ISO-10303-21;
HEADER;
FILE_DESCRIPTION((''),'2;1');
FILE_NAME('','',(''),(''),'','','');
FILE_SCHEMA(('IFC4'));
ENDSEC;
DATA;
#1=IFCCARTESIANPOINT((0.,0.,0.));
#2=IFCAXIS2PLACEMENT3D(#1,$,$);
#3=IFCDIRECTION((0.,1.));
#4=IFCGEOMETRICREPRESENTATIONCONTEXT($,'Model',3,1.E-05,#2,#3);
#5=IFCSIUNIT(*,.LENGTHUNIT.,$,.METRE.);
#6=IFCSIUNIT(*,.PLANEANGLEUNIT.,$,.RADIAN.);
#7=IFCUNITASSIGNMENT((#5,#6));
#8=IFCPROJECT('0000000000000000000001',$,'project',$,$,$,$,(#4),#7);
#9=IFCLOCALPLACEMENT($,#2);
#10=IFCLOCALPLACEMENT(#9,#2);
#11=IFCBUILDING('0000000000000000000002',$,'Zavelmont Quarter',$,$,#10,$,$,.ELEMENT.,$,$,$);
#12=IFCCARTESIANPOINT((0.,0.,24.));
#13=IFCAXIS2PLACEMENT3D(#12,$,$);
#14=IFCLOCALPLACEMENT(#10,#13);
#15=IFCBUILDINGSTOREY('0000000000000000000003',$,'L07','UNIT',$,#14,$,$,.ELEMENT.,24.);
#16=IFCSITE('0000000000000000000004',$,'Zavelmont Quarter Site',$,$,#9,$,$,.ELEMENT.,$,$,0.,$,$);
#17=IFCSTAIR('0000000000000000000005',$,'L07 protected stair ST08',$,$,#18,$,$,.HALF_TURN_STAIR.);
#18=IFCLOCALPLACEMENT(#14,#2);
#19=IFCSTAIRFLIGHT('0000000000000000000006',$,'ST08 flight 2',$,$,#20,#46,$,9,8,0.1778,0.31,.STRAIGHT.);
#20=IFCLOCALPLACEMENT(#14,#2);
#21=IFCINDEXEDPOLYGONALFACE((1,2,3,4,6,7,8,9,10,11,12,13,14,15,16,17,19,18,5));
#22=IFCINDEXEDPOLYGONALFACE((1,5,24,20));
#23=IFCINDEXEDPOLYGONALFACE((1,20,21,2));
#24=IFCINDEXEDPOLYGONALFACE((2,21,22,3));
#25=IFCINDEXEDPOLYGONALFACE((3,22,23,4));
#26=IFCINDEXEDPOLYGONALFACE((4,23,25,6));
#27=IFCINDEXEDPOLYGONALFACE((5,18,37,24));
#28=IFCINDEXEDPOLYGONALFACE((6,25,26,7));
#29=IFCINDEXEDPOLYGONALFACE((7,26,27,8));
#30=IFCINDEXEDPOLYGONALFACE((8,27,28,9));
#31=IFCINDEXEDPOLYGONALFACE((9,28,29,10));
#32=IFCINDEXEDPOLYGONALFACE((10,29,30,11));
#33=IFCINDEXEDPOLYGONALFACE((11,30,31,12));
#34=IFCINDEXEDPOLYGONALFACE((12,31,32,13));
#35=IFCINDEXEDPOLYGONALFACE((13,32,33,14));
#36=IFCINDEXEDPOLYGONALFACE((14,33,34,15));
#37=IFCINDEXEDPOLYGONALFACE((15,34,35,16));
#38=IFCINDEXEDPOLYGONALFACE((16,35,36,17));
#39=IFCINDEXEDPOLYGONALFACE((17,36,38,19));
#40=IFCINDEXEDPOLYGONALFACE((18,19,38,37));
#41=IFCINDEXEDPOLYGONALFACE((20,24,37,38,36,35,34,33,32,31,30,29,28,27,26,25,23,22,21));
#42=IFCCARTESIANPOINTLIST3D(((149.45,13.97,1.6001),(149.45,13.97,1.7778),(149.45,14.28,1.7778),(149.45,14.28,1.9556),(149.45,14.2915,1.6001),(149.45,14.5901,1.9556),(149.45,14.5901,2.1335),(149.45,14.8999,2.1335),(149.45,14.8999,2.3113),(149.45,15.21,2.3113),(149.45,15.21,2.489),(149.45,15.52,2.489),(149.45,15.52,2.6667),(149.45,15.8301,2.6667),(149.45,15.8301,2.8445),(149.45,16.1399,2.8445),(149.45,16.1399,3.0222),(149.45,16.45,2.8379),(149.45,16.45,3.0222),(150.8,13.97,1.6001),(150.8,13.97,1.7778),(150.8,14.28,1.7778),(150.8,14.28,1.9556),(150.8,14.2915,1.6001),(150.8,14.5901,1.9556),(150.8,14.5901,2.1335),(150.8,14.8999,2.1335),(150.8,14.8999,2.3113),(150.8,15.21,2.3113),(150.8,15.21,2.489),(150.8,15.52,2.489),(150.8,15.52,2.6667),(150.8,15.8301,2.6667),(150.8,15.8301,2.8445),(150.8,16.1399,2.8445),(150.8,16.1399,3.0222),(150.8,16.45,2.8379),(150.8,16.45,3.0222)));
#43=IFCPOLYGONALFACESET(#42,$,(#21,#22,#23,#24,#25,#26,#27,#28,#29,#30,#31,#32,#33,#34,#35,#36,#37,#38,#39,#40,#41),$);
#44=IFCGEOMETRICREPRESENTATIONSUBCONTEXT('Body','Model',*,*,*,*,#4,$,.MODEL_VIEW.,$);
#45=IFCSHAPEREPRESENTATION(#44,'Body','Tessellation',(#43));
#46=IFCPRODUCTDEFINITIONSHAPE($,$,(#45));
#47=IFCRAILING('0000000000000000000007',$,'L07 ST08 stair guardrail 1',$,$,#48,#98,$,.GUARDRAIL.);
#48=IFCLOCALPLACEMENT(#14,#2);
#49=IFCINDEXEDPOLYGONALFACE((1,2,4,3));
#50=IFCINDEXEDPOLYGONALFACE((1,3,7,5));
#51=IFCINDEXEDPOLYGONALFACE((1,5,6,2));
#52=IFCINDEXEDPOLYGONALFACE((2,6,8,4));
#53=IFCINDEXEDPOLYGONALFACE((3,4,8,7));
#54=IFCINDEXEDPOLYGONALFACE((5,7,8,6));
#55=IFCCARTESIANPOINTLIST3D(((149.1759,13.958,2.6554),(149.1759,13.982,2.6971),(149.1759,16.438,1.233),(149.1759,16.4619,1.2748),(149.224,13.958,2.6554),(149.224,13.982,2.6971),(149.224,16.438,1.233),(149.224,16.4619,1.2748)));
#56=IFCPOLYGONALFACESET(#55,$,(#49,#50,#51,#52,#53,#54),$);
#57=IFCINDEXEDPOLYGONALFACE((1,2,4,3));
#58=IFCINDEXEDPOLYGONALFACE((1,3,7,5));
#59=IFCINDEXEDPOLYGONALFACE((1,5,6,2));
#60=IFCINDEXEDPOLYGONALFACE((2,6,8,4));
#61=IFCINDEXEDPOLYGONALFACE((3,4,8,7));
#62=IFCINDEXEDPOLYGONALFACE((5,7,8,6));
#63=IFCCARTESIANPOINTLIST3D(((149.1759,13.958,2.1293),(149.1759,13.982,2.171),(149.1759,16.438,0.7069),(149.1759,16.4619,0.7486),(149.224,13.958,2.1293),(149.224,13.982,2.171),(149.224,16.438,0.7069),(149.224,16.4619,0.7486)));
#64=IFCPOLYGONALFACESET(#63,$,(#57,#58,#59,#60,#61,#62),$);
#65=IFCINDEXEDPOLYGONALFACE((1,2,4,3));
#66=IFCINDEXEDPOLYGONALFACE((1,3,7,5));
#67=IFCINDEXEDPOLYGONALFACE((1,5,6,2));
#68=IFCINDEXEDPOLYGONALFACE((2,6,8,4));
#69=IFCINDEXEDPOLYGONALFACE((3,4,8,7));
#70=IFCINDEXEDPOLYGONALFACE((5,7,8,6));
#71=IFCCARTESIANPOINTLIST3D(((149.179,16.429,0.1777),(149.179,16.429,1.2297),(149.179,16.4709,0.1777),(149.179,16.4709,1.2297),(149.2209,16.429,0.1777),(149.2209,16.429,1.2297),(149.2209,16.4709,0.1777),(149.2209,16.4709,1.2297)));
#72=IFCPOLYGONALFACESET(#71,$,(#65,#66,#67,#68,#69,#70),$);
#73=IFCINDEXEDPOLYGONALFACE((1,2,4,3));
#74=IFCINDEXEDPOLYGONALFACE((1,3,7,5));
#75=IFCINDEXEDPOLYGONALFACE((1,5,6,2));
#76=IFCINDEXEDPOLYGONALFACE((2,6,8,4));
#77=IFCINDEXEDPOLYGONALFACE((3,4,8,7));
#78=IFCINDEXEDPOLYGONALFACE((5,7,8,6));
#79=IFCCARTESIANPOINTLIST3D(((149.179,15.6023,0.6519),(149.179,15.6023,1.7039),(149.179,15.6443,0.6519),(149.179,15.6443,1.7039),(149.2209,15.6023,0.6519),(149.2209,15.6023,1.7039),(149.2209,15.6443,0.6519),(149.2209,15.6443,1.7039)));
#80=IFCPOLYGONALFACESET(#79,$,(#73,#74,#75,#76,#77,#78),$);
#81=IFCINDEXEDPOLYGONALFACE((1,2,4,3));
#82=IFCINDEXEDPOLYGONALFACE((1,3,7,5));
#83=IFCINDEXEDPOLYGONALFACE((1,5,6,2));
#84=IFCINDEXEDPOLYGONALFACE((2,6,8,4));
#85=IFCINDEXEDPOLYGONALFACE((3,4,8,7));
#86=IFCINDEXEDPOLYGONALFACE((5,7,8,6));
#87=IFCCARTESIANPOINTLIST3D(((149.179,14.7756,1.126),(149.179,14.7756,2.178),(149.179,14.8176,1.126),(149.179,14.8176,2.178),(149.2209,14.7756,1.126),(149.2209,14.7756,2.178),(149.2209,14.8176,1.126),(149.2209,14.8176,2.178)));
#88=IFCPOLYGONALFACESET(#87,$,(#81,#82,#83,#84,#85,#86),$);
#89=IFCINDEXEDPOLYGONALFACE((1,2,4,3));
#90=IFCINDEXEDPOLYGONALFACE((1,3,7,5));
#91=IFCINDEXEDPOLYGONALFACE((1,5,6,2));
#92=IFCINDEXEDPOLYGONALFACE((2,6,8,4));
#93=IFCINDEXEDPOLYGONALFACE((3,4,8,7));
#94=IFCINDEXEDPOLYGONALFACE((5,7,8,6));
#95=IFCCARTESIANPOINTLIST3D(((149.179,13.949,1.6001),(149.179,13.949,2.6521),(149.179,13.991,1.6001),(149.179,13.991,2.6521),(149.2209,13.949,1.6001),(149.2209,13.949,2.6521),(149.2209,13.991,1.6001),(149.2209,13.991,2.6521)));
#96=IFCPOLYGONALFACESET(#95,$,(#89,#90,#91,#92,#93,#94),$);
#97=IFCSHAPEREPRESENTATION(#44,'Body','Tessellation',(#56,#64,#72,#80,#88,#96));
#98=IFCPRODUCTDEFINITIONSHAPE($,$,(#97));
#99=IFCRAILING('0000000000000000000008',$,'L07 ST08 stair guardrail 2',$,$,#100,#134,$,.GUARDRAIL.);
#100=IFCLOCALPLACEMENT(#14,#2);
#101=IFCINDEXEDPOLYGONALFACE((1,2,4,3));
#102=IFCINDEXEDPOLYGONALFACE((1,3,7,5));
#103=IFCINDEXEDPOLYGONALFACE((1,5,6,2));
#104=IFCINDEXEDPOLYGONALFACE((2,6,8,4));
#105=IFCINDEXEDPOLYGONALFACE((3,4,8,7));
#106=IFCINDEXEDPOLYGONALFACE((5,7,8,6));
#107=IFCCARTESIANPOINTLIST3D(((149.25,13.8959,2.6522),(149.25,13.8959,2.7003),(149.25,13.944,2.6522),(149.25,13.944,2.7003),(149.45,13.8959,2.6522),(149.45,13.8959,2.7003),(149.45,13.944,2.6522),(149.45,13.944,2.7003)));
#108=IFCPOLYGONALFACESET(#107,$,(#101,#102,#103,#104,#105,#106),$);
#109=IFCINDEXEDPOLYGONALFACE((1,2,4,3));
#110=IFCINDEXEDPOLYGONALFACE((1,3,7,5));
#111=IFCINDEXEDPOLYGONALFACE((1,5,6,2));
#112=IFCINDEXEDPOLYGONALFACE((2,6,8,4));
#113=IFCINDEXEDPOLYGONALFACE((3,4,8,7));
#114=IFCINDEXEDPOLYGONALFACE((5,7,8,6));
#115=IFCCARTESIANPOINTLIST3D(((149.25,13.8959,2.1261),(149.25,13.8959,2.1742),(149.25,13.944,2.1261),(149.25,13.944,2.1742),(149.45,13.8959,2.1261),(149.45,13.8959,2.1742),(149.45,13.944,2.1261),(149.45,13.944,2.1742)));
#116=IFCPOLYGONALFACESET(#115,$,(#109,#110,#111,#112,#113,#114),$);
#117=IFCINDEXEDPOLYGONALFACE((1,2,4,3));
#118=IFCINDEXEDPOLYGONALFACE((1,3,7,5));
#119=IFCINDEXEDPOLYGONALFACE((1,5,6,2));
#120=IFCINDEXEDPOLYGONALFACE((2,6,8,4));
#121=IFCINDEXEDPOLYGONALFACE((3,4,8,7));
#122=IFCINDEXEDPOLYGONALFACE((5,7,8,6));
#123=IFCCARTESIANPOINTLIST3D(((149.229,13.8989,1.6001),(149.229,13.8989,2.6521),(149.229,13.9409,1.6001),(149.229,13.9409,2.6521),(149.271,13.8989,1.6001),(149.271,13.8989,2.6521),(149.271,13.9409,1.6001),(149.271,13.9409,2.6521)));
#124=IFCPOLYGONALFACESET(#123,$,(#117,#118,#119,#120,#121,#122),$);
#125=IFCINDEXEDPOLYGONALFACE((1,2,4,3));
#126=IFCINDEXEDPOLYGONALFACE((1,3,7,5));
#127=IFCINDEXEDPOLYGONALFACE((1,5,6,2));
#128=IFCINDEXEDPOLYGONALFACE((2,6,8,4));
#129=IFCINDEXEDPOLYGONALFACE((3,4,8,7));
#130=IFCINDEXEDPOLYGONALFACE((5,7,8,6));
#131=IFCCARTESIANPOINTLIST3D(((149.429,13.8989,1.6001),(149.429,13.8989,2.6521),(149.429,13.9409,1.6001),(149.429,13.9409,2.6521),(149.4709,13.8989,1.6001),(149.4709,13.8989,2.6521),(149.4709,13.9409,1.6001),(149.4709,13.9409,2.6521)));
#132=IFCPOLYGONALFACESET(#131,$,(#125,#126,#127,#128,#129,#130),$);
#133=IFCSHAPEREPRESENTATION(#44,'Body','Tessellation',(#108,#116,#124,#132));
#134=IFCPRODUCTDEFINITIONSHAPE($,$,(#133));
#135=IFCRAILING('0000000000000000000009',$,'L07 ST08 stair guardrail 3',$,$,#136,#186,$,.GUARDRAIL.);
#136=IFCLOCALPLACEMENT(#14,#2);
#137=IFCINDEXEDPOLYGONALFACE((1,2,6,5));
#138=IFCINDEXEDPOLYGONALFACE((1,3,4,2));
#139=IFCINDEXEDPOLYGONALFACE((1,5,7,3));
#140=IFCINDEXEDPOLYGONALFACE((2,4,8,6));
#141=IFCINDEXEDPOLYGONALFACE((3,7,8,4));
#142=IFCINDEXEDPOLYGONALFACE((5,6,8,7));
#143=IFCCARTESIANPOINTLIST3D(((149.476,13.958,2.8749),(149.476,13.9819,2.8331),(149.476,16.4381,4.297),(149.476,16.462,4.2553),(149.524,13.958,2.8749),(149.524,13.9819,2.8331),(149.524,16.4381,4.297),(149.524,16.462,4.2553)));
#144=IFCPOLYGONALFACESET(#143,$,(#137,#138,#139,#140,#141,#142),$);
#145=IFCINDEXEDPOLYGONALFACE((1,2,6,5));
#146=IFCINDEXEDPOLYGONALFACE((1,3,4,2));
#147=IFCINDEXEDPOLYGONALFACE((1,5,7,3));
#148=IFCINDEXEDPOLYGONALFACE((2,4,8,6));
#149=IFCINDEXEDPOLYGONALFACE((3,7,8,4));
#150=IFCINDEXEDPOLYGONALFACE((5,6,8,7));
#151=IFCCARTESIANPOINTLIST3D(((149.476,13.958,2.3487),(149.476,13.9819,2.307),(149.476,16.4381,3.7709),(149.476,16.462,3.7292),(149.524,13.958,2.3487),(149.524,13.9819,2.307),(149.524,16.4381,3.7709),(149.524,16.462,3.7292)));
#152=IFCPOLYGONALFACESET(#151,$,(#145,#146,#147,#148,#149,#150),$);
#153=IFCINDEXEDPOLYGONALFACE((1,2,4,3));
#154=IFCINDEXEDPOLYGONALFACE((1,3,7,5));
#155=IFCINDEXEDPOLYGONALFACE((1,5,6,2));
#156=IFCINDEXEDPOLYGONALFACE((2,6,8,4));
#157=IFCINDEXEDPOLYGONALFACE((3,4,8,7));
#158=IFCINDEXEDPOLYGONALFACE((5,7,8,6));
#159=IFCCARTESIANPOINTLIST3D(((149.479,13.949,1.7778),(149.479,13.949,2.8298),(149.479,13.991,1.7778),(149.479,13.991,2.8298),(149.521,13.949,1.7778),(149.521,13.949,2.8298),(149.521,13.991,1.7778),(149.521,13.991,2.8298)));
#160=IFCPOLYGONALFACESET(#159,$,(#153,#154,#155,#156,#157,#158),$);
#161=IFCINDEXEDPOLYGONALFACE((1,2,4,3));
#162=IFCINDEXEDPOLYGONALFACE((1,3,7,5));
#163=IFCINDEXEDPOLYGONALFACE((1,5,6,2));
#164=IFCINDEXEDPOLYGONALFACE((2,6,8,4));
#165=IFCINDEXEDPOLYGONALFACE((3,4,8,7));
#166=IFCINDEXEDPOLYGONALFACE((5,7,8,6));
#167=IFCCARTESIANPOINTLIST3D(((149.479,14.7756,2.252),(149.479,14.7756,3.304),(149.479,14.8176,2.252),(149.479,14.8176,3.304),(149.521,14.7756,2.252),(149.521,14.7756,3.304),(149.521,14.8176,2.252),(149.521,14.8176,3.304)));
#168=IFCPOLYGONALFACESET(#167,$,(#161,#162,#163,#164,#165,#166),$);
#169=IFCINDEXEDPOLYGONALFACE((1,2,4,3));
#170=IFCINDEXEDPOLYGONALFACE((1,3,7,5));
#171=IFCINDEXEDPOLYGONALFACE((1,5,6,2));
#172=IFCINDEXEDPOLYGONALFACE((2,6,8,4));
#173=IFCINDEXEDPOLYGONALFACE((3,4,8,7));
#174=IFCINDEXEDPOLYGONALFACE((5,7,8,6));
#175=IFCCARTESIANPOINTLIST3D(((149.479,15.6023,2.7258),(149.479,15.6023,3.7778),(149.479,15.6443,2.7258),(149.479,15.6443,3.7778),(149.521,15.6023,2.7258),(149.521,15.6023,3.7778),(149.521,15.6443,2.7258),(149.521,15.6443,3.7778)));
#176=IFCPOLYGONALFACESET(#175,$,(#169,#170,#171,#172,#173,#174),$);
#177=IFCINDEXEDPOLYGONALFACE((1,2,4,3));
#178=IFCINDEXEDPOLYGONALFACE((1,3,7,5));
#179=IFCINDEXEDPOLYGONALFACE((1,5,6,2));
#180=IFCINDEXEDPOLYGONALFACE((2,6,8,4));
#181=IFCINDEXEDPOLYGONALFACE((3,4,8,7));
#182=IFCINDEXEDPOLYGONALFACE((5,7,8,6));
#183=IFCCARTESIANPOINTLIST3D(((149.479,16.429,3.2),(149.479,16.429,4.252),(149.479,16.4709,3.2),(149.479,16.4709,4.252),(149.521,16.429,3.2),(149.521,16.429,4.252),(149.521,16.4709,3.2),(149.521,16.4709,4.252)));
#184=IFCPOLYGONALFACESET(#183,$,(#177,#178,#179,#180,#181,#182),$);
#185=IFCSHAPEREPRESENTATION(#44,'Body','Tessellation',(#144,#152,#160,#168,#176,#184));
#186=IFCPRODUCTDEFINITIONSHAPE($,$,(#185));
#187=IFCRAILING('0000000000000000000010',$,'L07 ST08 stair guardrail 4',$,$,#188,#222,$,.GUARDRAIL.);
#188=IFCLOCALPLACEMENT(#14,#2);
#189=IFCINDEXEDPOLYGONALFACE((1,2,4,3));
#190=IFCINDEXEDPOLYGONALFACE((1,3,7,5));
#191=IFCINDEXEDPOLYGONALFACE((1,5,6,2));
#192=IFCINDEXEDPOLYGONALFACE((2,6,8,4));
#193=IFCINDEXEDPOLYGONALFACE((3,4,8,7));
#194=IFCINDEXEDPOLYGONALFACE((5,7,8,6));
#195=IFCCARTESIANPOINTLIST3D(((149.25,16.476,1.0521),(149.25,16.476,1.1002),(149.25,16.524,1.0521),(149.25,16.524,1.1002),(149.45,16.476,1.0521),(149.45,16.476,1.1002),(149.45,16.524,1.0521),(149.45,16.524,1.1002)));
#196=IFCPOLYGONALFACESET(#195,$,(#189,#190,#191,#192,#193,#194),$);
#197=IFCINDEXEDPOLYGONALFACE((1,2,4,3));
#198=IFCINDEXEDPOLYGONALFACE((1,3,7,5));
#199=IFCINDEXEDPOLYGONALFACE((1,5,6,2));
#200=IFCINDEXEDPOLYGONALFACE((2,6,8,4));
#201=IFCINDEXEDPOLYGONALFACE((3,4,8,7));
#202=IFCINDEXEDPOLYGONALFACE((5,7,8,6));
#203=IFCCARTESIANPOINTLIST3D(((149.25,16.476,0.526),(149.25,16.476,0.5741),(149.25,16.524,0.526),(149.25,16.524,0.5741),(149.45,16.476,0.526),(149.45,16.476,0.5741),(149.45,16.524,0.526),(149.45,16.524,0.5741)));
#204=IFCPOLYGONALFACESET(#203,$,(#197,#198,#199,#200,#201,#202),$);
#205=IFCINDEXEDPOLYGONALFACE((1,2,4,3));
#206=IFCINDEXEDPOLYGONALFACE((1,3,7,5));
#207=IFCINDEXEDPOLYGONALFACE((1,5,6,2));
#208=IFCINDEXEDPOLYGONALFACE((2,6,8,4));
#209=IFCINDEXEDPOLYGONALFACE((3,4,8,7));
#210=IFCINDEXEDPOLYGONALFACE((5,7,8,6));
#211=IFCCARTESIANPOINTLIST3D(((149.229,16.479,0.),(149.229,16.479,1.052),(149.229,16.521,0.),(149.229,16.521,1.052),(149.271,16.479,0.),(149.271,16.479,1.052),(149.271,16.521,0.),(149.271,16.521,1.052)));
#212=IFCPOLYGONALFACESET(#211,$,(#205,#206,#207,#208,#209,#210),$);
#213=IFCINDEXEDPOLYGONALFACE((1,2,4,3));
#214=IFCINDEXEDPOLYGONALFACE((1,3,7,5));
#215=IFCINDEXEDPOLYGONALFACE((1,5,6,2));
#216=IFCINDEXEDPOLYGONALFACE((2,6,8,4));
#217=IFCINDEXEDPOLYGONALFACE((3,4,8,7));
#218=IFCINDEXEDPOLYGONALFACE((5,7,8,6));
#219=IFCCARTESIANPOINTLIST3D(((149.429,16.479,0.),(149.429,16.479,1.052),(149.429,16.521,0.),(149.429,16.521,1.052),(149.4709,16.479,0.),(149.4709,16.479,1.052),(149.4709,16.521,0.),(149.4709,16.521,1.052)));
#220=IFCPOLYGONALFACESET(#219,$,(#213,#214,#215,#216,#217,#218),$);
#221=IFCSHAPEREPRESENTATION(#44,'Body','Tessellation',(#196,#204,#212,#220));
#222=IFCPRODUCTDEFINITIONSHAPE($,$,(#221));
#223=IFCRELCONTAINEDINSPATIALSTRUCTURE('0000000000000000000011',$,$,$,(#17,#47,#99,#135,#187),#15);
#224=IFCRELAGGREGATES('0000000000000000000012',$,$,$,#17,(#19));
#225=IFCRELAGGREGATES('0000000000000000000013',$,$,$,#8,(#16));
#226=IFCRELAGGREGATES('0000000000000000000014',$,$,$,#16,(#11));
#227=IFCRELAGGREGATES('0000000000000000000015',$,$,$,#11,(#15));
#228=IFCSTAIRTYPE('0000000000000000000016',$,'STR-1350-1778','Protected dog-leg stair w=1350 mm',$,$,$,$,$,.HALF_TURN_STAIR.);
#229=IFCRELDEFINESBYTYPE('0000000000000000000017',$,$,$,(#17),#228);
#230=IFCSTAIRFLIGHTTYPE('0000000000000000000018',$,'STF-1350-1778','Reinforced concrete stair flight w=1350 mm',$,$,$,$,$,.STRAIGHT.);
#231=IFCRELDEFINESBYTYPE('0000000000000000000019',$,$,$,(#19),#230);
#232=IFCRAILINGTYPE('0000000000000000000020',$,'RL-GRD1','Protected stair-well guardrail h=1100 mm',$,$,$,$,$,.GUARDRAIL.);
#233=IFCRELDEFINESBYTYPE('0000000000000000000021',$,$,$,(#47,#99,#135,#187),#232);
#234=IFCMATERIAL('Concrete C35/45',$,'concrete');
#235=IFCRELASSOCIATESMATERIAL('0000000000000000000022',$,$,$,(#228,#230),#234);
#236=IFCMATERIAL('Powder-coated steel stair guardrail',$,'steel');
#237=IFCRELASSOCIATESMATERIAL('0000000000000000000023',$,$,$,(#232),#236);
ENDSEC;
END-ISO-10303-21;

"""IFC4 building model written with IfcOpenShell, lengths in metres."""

from ifc_helpers import new_model, si_unit, direction, frame, origin, origin_2d, place, context, subcontext, project, spatial, polyline, rectangle, outline, extrude, material, type_object, element, aggregate, save


model = new_model("IFC4")

# Units and contexts
model_context = context("Model", 3, precision=1e-05, world=origin(), true_north=direction((0.0, 1.0)))
body_context = subcontext(model_context, "Body", "Model", "MODEL_VIEW")
ifc_project = project(units=[si_unit("LENGTHUNIT", "METRE"), si_unit("PLANEANGLEUNIT", "RADIAN")], contexts=[model_context])

# Site, building, storey
site_placement = place(None, origin())
site = spatial("IfcSite", under=ifc_project, at=site_placement, Name="Zavelmont Quarter Site", CompositionType="ELEMENT", RefElevation=0.0)
building_placement = place(site_placement, origin())
building = spatial("IfcBuilding", under=site, at=building_placement, Name="Zavelmont Quarter", CompositionType="ELEMENT")
storey_placement = place(building_placement, frame((0.0, 0.0, 24.0)))
storey = spatial("IfcBuildingStorey", under=building, at=storey_placement, Name="L07", Description="UNIT", CompositionType="ELEMENT", Elevation=24.0)

# Stair, stair flight
ifc_material_1 = material(Name="Concrete C35/45", Category="concrete")
stair_type = type_object("IfcStairType", Name="STR-1350-1778", Description="Protected dog-leg stair w=1350 mm", PredefinedType="HALF_TURN_STAIR", material=ifc_material_1)
stair_placement = place(storey_placement, origin())
stair = element("IfcStair", 1, at=stair_placement, inside=storey, type_object=stair_type, Name="L07 protected stair ST08", PredefinedType="HALF_TURN_STAIR")
stair_flight_type = type_object("IfcStairFlightType", Name="STF-1350-1778", Description="Reinforced concrete stair flight w=1350 mm", PredefinedType="STRAIGHT", material=ifc_material_1)
stair_flight_1_placement = place(storey_placement, frame((150.125, 13.97, 1.6001), z_axis=(0.0, 0.0, 1.0), x_axis=(0.0, 1.0, 0.0)))
stair_flight_1 = element("IfcStairFlight", 2, at=stair_flight_1_placement, type_object=stair_flight_type, Name="ST08 flight 2", NumberOfRisers=9, NumberOfTreads=8, PredefinedType="STRAIGHT", RiserHeight=0.1778, TreadLength=0.31, context=body_context, shape_type="SweptSolid", body=[
    extrude(outline(polyline([(0.0, 0.0), (0.0, 0.1777), (0.3101, 0.1777), (0.3101, 0.3555), (0.6201, 0.3555), (0.6201, 0.5334), (0.9299, 0.5334), (0.9299, 0.7112), (1.24, 0.7112), (1.24, 0.8889), (1.55, 0.8889), (1.55, 1.0667), (1.8601, 1.0667), (1.8601, 1.2444), (2.1699, 1.2444), (2.1699, 1.4221), (2.48, 1.4221), (2.48, 1.6001), (2.48, 1.2378), (0.3215, 0.0), (0.0, 0.0)])), frame((0.0, 0.675, 0.0), z_axis=(0.0, -1.0, 0.0), x_axis=(1.0, 0.0, 0.0)), (0.0, 0.0, 1.0), 1.3501),
])
aggregate(stair, [stair_flight_1])

# Railings
ifc_material_2 = material(Name="Powder-coated steel stair guardrail", Category="steel")
railing_type_1 = type_object("IfcRailingType", Name="RL-GRD1", Description="Protected stair-well guardrail h=1100 mm", PredefinedType="GUARDRAIL", material=ifc_material_2)
railing_1_placement = place(storey_placement, frame((149.2, 16.45, 0.1777)))
element("IfcRailing", 3, at=railing_1_placement, inside=storey, type_object=railing_type_1, Name="L07 ST08 stair guardrail 1", PredefinedType="GUARDRAIL", context=body_context, shape_type="SweptSolid", body=[
    extrude(rectangle(XDim=0.0481, YDim=0.0481, at=origin_2d()), frame((0.0, 0.0, 1.0762), z_axis=(0.0, -0.867454, 0.497518), x_axis=(1.0, 0.0, 0.0)), (0.0, 0.0, 1.0), 2.8589),
    extrude(rectangle(XDim=0.0481, YDim=0.0481, at=origin_2d()), frame((0.0, 0.0, 0.55), z_axis=(0.0, -0.867454, 0.497518), x_axis=(1.0, 0.0, 0.0)), (0.0, 0.0, 1.0), 2.8589),
    extrude(rectangle(XDim=0.042, YDim=0.042, at=origin_2d()), origin(), (0.0, 0.0, 1.0), 1.052),
    extrude(rectangle(XDim=0.042, YDim=0.042, at=origin_2d()), frame((0.0, -0.8267, 0.4741)), (0.0, 0.0, 1.0), 1.052),
    extrude(rectangle(XDim=0.042, YDim=0.042, at=origin_2d()), frame((0.0, -1.6533, 0.9482)), (0.0, 0.0, 1.0), 1.052),
    extrude(rectangle(XDim=0.042, YDim=0.042, at=origin_2d()), frame((0.0, -2.48, 1.4224)), (0.0, 0.0, 1.0), 1.052),
])
railing_2_placement = place(storey_placement, frame((149.25, 13.9199, 1.6001)))
element("IfcRailing", 4, at=railing_2_placement, inside=storey, type_object=railing_type_1, Name="L07 ST08 stair guardrail 2", PredefinedType="GUARDRAIL", context=body_context, shape_type="SweptSolid", body=[
    extrude(rectangle(XDim=0.0481, YDim=0.0481, at=origin_2d()), frame((0.0, 0.0, 1.0762), z_axis=(1.0, 0.0, 0.0), x_axis=(0.0, 1.0, 0.0)), (0.0, 0.0, 1.0), 0.2),
    extrude(rectangle(XDim=0.0481, YDim=0.0481, at=origin_2d()), frame((0.0, 0.0, 0.55), z_axis=(1.0, 0.0, 0.0), x_axis=(0.0, 1.0, 0.0)), (0.0, 0.0, 1.0), 0.2),
    extrude(rectangle(XDim=0.042, YDim=0.042, at=origin_2d()), origin(), (0.0, 0.0, 1.0), 1.052),
    extrude(rectangle(XDim=0.042, YDim=0.042, at=origin_2d()), frame((0.2, 0.0, 0.0)), (0.0, 0.0, 1.0), 1.052),
])
railing_3_placement = place(storey_placement, frame((149.5, 13.97, 1.7778)))
element("IfcRailing", 5, at=railing_3_placement, inside=storey, type_object=railing_type_1, Name="L07 ST08 stair guardrail 3", PredefinedType="GUARDRAIL", context=body_context, shape_type="SweptSolid", body=[
    extrude(rectangle(XDim=0.0481, YDim=0.0481, at=origin_2d()), frame((0.0, 0.0, 1.0762), z_axis=(0.0, 0.867491, 0.497454), x_axis=(-1.0, 0.0, 0.0)), (0.0, 0.0, 1.0), 2.8589),
    extrude(rectangle(XDim=0.0481, YDim=0.0481, at=origin_2d()), frame((0.0, 0.0, 0.55), z_axis=(0.0, 0.867491, 0.497454), x_axis=(-1.0, 0.0, 0.0)), (0.0, 0.0, 1.0), 2.8589),
    extrude(rectangle(XDim=0.042, YDim=0.042, at=origin_2d()), origin(), (0.0, 0.0, 1.0), 1.052),
    extrude(rectangle(XDim=0.042, YDim=0.042, at=origin_2d()), frame((0.0, 0.8267, 0.4741)), (0.0, 0.0, 1.0), 1.052),
    extrude(rectangle(XDim=0.042, YDim=0.042, at=origin_2d()), frame((0.0, 1.6533, 0.948)), (0.0, 0.0, 1.0), 1.052),
    extrude(rectangle(XDim=0.042, YDim=0.042, at=origin_2d()), frame((0.0, 2.48, 1.4221)), (0.0, 0.0, 1.0), 1.052),
])
railing_4_placement = place(storey_placement, frame((149.25, 16.5, 0.0)))
element("IfcRailing", 6, at=railing_4_placement, inside=storey, type_object=railing_type_1, Name="L07 ST08 stair guardrail 4", PredefinedType="GUARDRAIL", context=body_context, shape_type="SweptSolid", body=[
    extrude(rectangle(XDim=0.0481, YDim=0.0481, at=origin_2d()), frame((0.0, 0.0, 1.0762), z_axis=(1.0, 0.0, 0.0), x_axis=(0.0, 1.0, 0.0)), (0.0, 0.0, 1.0), 0.2),
    extrude(rectangle(XDim=0.0481, YDim=0.0481, at=origin_2d()), frame((0.0, 0.0, 0.55), z_axis=(1.0, 0.0, 0.0), x_axis=(0.0, 1.0, 0.0)), (0.0, 0.0, 1.0), 0.2),
    extrude(rectangle(XDim=0.042, YDim=0.042, at=origin_2d()), origin(), (0.0, 0.0, 1.0), 1.052),
    extrude(rectangle(XDim=0.042, YDim=0.042, at=origin_2d()), frame((0.2, 0.0, 0.0)), (0.0, 0.0, 1.0), 1.052),
])

save(model, "model.ifc")
